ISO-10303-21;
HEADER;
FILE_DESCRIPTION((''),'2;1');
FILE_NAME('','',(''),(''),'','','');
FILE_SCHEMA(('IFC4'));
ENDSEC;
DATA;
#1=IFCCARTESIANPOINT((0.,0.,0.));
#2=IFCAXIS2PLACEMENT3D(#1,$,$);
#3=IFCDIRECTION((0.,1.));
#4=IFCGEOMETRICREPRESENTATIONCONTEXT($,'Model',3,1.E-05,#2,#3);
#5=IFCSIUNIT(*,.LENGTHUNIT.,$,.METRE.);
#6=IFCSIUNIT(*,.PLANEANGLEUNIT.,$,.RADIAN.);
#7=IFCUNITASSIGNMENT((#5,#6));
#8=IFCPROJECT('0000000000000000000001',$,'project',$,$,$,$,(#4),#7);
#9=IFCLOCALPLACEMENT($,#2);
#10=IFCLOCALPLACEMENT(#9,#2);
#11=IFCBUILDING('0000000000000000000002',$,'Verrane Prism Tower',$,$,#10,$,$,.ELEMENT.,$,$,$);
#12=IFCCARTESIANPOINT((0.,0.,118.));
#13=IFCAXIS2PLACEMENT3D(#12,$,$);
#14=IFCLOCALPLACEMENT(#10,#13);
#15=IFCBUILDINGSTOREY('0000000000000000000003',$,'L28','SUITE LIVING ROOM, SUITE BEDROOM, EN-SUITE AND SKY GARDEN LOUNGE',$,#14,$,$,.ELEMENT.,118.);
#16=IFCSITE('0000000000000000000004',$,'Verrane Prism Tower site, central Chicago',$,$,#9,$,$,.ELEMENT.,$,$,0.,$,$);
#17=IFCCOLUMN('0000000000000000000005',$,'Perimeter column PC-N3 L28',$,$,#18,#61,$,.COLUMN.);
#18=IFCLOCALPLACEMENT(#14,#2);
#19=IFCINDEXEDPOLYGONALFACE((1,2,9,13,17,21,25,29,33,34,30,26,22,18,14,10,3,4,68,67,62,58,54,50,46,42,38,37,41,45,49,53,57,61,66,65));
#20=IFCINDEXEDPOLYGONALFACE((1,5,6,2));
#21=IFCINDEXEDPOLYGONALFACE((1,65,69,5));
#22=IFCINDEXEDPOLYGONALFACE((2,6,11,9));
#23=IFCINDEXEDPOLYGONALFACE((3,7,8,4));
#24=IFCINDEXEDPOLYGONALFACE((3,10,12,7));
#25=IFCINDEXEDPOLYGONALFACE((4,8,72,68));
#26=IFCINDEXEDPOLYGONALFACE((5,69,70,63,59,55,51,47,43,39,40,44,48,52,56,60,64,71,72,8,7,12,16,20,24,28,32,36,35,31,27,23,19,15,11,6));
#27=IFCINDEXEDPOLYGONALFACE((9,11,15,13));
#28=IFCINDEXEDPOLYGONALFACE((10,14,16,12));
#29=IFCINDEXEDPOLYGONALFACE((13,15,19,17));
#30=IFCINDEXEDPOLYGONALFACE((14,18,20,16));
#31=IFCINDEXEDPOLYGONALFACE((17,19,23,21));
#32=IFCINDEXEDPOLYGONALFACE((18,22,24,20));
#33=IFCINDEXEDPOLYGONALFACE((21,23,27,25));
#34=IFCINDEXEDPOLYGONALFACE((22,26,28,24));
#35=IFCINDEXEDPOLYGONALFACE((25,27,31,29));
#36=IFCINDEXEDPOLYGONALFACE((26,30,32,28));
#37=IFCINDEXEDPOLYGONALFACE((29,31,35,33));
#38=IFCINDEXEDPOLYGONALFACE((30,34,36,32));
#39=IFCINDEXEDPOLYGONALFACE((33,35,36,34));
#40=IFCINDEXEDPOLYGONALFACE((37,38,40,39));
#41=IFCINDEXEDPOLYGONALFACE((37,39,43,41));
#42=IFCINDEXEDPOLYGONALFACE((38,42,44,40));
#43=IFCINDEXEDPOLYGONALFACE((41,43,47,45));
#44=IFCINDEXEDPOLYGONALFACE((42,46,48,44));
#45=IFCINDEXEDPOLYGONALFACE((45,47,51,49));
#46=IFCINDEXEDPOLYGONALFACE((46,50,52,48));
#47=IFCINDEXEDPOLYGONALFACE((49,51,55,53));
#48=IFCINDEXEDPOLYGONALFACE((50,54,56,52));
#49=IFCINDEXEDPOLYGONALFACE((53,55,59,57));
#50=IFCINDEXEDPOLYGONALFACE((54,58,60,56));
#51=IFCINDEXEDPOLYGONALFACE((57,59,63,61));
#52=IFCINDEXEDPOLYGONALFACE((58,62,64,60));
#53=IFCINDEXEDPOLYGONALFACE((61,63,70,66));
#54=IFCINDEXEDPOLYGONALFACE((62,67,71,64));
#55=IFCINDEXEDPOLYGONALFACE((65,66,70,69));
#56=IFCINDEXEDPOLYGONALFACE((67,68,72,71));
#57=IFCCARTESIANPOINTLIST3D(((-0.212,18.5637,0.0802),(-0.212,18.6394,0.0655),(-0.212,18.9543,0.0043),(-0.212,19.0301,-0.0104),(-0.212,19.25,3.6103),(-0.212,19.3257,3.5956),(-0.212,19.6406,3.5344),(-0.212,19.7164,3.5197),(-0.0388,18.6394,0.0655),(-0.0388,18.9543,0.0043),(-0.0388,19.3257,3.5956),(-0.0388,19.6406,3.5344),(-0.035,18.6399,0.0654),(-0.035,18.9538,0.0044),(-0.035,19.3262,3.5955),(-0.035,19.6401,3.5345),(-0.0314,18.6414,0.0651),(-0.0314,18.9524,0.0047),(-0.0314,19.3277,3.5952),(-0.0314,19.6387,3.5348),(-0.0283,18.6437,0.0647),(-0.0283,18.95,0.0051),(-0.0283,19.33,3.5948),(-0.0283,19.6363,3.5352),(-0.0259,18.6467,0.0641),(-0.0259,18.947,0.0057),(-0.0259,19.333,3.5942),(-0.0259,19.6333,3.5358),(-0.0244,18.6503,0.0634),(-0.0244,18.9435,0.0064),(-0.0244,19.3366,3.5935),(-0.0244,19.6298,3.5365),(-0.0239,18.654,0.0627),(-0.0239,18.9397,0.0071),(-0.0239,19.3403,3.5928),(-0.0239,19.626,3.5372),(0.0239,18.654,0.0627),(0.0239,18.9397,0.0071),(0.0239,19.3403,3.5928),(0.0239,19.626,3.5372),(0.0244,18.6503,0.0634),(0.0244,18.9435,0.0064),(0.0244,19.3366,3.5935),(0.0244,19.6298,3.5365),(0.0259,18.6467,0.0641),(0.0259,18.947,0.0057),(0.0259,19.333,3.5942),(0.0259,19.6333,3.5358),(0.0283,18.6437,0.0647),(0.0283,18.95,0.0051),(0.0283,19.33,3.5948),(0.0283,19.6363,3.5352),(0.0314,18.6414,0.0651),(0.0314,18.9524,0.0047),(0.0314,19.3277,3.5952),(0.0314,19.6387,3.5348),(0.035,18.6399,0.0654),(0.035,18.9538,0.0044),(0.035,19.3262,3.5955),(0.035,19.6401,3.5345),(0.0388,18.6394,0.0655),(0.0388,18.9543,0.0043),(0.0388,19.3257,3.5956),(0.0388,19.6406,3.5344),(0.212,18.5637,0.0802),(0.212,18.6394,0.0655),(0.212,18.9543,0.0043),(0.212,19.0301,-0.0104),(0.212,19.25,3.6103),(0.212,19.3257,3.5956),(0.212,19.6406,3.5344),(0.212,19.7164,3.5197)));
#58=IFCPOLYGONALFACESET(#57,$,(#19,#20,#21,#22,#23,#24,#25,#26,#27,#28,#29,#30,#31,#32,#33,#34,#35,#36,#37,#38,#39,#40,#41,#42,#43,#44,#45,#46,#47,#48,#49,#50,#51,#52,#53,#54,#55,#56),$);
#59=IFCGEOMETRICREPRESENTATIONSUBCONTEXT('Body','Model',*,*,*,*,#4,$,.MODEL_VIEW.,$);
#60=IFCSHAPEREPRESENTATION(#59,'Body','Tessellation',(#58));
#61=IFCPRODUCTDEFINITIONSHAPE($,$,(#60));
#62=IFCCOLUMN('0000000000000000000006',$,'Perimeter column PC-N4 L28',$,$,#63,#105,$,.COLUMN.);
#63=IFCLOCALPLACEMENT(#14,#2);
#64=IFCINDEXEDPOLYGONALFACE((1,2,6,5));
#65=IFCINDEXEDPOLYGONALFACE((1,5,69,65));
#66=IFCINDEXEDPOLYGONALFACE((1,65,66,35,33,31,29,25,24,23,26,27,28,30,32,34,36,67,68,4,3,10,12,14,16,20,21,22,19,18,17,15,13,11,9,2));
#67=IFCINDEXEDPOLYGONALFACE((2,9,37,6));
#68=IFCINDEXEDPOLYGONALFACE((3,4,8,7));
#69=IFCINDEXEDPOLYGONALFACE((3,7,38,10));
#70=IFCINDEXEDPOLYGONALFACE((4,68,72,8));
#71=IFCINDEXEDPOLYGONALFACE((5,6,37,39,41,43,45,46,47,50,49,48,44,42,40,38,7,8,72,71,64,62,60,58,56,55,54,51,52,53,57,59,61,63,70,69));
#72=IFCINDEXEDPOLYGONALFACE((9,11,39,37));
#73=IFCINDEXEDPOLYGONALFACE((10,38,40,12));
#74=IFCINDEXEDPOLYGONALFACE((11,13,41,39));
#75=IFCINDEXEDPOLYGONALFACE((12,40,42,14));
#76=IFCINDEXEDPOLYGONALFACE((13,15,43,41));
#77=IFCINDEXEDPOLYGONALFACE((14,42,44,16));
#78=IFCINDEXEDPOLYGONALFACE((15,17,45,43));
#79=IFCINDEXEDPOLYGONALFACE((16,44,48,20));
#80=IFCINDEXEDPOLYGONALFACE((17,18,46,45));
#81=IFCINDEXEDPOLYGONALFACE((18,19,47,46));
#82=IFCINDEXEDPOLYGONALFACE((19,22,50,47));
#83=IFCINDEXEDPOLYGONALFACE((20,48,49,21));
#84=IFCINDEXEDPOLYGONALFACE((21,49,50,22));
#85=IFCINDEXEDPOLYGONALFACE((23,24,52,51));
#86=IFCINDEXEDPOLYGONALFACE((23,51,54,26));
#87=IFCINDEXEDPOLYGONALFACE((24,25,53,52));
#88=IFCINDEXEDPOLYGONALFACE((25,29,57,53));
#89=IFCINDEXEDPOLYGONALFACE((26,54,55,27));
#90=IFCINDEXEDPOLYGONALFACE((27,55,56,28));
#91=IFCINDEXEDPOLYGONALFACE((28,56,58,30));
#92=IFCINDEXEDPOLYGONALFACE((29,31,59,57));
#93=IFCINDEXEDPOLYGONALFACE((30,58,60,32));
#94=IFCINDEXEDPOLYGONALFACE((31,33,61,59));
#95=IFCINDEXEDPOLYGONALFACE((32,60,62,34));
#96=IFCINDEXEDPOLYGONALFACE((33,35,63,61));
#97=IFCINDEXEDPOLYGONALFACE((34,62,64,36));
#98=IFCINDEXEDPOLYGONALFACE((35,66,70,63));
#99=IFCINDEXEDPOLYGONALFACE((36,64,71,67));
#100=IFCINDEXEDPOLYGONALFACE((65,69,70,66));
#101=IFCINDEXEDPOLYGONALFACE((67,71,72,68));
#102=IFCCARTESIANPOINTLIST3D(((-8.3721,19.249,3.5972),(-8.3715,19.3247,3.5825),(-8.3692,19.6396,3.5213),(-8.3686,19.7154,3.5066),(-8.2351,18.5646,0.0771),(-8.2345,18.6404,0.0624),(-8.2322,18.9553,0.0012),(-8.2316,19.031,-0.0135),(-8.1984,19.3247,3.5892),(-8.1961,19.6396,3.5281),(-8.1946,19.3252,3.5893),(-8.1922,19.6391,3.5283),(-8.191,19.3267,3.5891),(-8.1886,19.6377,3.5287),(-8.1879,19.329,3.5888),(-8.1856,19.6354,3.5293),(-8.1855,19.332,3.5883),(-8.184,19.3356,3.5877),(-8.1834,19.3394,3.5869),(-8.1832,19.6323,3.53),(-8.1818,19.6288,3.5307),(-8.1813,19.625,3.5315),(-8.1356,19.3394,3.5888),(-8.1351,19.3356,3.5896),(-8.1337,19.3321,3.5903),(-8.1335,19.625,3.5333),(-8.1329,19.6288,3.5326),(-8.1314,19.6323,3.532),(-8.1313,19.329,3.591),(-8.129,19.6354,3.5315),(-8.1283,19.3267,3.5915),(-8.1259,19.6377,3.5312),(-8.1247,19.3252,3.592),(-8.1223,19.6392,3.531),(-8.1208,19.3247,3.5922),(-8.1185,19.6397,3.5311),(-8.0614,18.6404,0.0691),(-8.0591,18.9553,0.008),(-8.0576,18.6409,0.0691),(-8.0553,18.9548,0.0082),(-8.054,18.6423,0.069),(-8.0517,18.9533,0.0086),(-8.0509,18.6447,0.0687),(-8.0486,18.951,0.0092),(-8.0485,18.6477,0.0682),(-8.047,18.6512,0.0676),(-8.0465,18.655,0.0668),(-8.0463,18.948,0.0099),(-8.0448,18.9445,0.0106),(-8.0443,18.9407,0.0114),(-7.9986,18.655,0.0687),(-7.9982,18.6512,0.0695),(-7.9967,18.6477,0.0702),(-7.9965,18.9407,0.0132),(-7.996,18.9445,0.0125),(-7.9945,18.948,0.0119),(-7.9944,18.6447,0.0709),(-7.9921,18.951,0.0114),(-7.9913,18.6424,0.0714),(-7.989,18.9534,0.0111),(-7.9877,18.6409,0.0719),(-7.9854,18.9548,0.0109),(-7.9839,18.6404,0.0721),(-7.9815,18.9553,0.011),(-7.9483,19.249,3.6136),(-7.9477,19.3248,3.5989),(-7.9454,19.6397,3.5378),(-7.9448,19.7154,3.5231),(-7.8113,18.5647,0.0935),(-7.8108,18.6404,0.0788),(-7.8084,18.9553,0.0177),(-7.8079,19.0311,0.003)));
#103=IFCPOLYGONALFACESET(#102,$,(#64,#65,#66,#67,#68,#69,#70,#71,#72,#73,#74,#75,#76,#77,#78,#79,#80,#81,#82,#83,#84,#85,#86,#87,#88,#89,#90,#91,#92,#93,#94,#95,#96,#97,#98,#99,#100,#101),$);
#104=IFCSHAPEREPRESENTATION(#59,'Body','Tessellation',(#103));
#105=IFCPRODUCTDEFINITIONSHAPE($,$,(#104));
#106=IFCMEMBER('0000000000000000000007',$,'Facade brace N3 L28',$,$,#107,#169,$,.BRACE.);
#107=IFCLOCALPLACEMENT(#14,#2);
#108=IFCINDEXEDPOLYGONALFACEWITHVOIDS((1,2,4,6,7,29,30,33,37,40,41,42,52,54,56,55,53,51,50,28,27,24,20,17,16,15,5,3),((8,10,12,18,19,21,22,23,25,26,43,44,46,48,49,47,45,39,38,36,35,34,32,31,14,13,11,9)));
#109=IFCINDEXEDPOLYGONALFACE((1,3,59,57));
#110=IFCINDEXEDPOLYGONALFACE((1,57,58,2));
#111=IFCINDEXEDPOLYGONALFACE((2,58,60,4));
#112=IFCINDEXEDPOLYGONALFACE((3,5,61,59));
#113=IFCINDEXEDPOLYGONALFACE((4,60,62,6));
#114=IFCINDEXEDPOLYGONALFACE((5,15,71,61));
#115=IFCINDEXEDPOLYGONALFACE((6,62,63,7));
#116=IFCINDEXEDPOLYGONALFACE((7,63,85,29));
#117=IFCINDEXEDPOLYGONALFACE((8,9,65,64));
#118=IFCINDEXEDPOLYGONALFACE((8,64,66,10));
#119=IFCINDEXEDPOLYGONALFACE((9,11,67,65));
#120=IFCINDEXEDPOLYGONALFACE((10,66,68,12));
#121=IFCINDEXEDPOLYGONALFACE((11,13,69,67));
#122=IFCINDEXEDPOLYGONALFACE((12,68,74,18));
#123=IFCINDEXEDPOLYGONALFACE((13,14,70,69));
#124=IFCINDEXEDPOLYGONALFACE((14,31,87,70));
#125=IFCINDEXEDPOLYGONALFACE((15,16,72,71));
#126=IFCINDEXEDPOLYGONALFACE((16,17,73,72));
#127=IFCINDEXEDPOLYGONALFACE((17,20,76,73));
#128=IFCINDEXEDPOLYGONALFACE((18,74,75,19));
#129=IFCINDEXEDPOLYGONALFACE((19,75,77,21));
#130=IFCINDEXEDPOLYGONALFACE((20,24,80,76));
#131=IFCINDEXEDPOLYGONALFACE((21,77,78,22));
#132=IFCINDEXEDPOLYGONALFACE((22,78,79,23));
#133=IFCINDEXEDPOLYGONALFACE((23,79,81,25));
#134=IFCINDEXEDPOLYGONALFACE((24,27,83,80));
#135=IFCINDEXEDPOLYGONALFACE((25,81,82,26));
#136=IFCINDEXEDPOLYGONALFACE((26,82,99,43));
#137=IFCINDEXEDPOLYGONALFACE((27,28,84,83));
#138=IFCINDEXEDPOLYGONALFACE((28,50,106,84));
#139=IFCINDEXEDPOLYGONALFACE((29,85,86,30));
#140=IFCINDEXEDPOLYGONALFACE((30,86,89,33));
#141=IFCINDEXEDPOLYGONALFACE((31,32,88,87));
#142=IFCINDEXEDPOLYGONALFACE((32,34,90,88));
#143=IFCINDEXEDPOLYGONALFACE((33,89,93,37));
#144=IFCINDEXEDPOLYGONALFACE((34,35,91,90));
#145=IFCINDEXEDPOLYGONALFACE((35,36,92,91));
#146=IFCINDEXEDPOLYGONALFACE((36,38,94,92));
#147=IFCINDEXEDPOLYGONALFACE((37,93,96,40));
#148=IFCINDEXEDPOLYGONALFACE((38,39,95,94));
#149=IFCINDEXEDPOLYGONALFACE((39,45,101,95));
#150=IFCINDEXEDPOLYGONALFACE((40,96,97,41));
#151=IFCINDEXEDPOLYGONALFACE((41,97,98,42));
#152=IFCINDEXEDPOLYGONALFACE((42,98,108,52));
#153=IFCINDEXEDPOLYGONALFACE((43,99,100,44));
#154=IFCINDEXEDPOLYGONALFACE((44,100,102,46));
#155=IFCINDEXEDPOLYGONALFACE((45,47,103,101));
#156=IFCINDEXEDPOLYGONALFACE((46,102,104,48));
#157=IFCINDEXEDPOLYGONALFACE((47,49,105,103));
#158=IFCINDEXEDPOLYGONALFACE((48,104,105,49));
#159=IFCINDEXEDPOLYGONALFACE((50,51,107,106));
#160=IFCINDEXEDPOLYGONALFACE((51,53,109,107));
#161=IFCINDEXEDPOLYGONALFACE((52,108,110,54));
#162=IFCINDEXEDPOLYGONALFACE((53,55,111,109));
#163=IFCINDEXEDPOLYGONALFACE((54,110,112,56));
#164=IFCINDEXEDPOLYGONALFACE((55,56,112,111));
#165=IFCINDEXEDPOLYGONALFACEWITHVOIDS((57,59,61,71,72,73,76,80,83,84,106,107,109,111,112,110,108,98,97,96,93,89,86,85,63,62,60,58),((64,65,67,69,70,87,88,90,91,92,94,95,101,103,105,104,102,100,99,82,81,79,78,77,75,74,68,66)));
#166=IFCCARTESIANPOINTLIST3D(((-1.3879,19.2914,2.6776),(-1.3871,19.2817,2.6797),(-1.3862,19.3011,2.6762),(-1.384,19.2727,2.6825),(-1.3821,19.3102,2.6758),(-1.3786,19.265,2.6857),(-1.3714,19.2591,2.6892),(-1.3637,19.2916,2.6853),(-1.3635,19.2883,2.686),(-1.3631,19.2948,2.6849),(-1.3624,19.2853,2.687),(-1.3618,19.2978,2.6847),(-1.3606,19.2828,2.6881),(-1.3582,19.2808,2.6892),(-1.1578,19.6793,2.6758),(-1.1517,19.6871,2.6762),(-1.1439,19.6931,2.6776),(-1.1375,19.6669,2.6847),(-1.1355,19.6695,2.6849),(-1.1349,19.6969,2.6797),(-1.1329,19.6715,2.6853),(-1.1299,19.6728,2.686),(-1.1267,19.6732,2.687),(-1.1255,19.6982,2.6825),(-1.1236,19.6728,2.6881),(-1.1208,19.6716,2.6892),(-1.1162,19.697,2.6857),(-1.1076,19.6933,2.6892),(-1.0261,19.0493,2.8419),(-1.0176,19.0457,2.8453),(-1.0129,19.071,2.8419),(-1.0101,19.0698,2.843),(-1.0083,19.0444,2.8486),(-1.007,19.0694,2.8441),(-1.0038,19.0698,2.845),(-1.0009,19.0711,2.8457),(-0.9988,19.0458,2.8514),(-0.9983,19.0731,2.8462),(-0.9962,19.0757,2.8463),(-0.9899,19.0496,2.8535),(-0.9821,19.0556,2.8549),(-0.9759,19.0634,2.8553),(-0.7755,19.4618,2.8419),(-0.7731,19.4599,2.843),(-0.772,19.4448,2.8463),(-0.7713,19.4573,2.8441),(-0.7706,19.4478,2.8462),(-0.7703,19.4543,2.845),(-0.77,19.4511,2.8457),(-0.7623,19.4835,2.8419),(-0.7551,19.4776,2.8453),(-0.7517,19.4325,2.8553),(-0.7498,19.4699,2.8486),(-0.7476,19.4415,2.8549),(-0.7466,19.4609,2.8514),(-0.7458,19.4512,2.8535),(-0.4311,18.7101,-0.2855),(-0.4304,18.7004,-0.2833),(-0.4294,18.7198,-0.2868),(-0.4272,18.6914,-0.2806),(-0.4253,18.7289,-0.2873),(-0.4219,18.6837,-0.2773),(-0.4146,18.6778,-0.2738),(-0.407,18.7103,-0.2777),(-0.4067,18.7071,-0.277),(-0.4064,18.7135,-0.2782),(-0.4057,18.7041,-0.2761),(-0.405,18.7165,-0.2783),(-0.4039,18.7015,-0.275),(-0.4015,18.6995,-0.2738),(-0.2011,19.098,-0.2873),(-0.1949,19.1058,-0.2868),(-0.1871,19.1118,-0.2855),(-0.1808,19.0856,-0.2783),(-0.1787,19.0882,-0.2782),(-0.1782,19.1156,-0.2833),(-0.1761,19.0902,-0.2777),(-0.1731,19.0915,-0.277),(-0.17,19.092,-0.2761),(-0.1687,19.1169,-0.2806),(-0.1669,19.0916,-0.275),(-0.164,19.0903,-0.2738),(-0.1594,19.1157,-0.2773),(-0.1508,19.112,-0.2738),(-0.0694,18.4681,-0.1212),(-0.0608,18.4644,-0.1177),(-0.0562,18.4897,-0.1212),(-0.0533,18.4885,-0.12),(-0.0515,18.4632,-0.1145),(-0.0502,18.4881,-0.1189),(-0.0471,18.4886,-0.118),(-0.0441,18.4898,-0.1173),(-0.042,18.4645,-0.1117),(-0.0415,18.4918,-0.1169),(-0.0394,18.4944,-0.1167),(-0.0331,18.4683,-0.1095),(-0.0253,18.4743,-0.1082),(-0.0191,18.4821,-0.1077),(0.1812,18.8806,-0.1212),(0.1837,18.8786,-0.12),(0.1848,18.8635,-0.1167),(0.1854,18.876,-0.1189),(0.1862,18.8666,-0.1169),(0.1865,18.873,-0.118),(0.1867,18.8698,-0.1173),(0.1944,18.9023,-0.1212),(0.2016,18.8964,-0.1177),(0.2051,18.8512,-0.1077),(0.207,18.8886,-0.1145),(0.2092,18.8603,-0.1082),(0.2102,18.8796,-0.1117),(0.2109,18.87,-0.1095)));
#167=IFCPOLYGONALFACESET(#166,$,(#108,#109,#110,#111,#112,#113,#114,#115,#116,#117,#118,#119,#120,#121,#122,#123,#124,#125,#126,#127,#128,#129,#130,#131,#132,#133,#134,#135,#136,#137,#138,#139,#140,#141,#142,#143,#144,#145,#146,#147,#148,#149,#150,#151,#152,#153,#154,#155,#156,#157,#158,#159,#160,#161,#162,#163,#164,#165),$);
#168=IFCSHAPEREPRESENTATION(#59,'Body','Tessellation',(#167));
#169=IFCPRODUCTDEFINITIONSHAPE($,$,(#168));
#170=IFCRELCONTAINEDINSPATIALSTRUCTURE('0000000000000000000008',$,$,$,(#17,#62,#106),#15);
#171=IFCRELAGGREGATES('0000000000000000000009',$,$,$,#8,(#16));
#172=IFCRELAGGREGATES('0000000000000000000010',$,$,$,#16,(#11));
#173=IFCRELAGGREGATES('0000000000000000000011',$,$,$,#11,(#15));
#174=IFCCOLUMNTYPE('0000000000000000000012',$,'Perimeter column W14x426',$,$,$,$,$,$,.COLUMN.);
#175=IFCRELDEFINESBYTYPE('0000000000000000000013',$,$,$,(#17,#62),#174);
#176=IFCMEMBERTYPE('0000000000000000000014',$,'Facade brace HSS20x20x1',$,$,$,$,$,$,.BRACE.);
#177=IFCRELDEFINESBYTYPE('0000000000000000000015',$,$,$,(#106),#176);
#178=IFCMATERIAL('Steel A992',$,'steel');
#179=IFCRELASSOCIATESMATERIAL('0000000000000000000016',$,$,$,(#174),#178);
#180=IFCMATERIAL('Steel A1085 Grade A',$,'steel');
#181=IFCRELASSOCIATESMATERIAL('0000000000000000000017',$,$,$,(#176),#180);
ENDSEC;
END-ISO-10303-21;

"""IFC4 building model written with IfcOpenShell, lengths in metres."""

from ifc_helpers import new_model, si_unit, direction, frame, origin, origin_2d, place, context, subcontext, project, spatial, hollow_rectangle, i_section, extrude, material, material_profile, profile_set, type_object, element, save


model = new_model("IFC4")

# Units and contexts
model_context = context("Model", 3, precision=1e-05, world=origin(), true_north=direction((0.0, 1.0)))
body_context = subcontext(model_context, "Body", "Model", "MODEL_VIEW")
ifc_project = project(units=[si_unit("LENGTHUNIT", "METRE"), si_unit("PLANEANGLEUNIT", "RADIAN")], contexts=[model_context])

# Site, building, storey
site_placement = place(None, origin())
site = spatial("IfcSite", under=ifc_project, at=site_placement, Name="Verrane Prism Tower site, central Chicago", CompositionType="ELEMENT", RefElevation=0.0)
building_placement = place(site_placement, origin())
building = spatial("IfcBuilding", under=site, at=building_placement, Name="Verrane Prism Tower", CompositionType="ELEMENT")
storey_placement = place(building_placement, frame((0.0, 0.0, 118.0)))
storey = spatial("IfcBuildingStorey", under=building, at=storey_placement, Name="L28", Description="SUITE LIVING ROOM, SUITE BEDROOM, EN-SUITE AND SKY GARDEN LOUNGE", CompositionType="ELEMENT", Elevation=118.0)

# Columns
ifc_material_1 = material(Name="Steel A992", Category="steel")
ifc_material_profile_1 = material_profile(ifc_material_1, i_section(OverallWidth=0.4241, OverallDepth=0.4751, WebThickness=0.0479, FlangeThickness=0.0771, FilletRadius=0.0149, at=origin_2d()), Name="W14x426")
ifc_profile_set_1 = profile_set([ifc_material_profile_1], Name="Steel A992")
column_type = type_object("IfcColumnType", Name="Perimeter column W14x426", PredefinedType="COLUMN", material=ifc_profile_set_1)
column_1_placement = place(storey_placement, frame((0.0, 18.7969, 0.0349), z_axis=(0.0, 0.190839, 0.981621), x_axis=(1.0, 0.0, 0.0)))
element("IfcColumn", 1, at=column_1_placement, inside=storey, type_object=column_type, Name="Perimeter column PC-N3 L28", PredefinedType="COLUMN", context=body_context, shape_type="SweptSolid", body=[
    extrude(i_section(OverallWidth=0.4241, OverallDepth=0.4751, WebThickness=0.0479, FlangeThickness=0.0771, FilletRadius=0.0149, at=origin_2d()), origin(), (0.0, 0.0, 1.0), 3.5962),
])
column_2_placement = place(storey_placement, frame((-8.0215, 18.7979, 0.04), z_axis=(-0.038167, 0.190698, 0.980907), x_axis=(0.999245, 0.000136, 0.038854)))
element("IfcColumn", 2, at=column_2_placement, inside=storey, type_object=column_type, Name="Perimeter column PC-N4 L28", PredefinedType="COLUMN", context=body_context, shape_type="SweptSolid", body=[
    extrude(i_section(OverallWidth=0.4241, OverallDepth=0.4751, WebThickness=0.0479, FlangeThickness=0.0771, FilletRadius=0.0149, at=origin_2d()), origin(), (0.0, 0.0, 1.0), 3.5886),
])

# Member
ifc_material_2 = material(Name="Steel A1085 Grade A", Category="steel")
ifc_material_profile_2 = material_profile(ifc_material_2, hollow_rectangle(XDim=0.5081, YDim=0.5081, WallThickness=0.0254, InnerFilletRadius=0.0127, OuterFilletRadius=0.0381, at=origin_2d()), Name="HSS20x20x1")
ifc_profile_set_2 = profile_set([ifc_material_profile_2], Name="Steel A1085 Grade A")
member_type_1 = type_object("IfcMemberType", Name="Facade brace HSS20x20x1", PredefinedType="BRACE", material=ifc_profile_set_2)
member_1_placement = place(storey_placement, frame((-0.1101, 18.79, -0.1975), z_axis=(-0.302057, 0.183516, 0.935459), x_axis=(-0.519234, -0.854632, 0.0)))
element("IfcMember", 3, at=member_1_placement, inside=storey, type_object=member_type_1, Name="Facade brace N3 L28", PredefinedType="BRACE", context=body_context, shape_type="SweptSolid", body=[
    extrude(hollow_rectangle(XDim=0.5081, YDim=0.5081, WallThickness=0.0254, InnerFilletRadius=0.0127, OuterFilletRadius=0.0381, at=origin_2d()), origin(), (0.0, 0.0, 1.0), 3.1675),
])

save(model, "model.ifc")
